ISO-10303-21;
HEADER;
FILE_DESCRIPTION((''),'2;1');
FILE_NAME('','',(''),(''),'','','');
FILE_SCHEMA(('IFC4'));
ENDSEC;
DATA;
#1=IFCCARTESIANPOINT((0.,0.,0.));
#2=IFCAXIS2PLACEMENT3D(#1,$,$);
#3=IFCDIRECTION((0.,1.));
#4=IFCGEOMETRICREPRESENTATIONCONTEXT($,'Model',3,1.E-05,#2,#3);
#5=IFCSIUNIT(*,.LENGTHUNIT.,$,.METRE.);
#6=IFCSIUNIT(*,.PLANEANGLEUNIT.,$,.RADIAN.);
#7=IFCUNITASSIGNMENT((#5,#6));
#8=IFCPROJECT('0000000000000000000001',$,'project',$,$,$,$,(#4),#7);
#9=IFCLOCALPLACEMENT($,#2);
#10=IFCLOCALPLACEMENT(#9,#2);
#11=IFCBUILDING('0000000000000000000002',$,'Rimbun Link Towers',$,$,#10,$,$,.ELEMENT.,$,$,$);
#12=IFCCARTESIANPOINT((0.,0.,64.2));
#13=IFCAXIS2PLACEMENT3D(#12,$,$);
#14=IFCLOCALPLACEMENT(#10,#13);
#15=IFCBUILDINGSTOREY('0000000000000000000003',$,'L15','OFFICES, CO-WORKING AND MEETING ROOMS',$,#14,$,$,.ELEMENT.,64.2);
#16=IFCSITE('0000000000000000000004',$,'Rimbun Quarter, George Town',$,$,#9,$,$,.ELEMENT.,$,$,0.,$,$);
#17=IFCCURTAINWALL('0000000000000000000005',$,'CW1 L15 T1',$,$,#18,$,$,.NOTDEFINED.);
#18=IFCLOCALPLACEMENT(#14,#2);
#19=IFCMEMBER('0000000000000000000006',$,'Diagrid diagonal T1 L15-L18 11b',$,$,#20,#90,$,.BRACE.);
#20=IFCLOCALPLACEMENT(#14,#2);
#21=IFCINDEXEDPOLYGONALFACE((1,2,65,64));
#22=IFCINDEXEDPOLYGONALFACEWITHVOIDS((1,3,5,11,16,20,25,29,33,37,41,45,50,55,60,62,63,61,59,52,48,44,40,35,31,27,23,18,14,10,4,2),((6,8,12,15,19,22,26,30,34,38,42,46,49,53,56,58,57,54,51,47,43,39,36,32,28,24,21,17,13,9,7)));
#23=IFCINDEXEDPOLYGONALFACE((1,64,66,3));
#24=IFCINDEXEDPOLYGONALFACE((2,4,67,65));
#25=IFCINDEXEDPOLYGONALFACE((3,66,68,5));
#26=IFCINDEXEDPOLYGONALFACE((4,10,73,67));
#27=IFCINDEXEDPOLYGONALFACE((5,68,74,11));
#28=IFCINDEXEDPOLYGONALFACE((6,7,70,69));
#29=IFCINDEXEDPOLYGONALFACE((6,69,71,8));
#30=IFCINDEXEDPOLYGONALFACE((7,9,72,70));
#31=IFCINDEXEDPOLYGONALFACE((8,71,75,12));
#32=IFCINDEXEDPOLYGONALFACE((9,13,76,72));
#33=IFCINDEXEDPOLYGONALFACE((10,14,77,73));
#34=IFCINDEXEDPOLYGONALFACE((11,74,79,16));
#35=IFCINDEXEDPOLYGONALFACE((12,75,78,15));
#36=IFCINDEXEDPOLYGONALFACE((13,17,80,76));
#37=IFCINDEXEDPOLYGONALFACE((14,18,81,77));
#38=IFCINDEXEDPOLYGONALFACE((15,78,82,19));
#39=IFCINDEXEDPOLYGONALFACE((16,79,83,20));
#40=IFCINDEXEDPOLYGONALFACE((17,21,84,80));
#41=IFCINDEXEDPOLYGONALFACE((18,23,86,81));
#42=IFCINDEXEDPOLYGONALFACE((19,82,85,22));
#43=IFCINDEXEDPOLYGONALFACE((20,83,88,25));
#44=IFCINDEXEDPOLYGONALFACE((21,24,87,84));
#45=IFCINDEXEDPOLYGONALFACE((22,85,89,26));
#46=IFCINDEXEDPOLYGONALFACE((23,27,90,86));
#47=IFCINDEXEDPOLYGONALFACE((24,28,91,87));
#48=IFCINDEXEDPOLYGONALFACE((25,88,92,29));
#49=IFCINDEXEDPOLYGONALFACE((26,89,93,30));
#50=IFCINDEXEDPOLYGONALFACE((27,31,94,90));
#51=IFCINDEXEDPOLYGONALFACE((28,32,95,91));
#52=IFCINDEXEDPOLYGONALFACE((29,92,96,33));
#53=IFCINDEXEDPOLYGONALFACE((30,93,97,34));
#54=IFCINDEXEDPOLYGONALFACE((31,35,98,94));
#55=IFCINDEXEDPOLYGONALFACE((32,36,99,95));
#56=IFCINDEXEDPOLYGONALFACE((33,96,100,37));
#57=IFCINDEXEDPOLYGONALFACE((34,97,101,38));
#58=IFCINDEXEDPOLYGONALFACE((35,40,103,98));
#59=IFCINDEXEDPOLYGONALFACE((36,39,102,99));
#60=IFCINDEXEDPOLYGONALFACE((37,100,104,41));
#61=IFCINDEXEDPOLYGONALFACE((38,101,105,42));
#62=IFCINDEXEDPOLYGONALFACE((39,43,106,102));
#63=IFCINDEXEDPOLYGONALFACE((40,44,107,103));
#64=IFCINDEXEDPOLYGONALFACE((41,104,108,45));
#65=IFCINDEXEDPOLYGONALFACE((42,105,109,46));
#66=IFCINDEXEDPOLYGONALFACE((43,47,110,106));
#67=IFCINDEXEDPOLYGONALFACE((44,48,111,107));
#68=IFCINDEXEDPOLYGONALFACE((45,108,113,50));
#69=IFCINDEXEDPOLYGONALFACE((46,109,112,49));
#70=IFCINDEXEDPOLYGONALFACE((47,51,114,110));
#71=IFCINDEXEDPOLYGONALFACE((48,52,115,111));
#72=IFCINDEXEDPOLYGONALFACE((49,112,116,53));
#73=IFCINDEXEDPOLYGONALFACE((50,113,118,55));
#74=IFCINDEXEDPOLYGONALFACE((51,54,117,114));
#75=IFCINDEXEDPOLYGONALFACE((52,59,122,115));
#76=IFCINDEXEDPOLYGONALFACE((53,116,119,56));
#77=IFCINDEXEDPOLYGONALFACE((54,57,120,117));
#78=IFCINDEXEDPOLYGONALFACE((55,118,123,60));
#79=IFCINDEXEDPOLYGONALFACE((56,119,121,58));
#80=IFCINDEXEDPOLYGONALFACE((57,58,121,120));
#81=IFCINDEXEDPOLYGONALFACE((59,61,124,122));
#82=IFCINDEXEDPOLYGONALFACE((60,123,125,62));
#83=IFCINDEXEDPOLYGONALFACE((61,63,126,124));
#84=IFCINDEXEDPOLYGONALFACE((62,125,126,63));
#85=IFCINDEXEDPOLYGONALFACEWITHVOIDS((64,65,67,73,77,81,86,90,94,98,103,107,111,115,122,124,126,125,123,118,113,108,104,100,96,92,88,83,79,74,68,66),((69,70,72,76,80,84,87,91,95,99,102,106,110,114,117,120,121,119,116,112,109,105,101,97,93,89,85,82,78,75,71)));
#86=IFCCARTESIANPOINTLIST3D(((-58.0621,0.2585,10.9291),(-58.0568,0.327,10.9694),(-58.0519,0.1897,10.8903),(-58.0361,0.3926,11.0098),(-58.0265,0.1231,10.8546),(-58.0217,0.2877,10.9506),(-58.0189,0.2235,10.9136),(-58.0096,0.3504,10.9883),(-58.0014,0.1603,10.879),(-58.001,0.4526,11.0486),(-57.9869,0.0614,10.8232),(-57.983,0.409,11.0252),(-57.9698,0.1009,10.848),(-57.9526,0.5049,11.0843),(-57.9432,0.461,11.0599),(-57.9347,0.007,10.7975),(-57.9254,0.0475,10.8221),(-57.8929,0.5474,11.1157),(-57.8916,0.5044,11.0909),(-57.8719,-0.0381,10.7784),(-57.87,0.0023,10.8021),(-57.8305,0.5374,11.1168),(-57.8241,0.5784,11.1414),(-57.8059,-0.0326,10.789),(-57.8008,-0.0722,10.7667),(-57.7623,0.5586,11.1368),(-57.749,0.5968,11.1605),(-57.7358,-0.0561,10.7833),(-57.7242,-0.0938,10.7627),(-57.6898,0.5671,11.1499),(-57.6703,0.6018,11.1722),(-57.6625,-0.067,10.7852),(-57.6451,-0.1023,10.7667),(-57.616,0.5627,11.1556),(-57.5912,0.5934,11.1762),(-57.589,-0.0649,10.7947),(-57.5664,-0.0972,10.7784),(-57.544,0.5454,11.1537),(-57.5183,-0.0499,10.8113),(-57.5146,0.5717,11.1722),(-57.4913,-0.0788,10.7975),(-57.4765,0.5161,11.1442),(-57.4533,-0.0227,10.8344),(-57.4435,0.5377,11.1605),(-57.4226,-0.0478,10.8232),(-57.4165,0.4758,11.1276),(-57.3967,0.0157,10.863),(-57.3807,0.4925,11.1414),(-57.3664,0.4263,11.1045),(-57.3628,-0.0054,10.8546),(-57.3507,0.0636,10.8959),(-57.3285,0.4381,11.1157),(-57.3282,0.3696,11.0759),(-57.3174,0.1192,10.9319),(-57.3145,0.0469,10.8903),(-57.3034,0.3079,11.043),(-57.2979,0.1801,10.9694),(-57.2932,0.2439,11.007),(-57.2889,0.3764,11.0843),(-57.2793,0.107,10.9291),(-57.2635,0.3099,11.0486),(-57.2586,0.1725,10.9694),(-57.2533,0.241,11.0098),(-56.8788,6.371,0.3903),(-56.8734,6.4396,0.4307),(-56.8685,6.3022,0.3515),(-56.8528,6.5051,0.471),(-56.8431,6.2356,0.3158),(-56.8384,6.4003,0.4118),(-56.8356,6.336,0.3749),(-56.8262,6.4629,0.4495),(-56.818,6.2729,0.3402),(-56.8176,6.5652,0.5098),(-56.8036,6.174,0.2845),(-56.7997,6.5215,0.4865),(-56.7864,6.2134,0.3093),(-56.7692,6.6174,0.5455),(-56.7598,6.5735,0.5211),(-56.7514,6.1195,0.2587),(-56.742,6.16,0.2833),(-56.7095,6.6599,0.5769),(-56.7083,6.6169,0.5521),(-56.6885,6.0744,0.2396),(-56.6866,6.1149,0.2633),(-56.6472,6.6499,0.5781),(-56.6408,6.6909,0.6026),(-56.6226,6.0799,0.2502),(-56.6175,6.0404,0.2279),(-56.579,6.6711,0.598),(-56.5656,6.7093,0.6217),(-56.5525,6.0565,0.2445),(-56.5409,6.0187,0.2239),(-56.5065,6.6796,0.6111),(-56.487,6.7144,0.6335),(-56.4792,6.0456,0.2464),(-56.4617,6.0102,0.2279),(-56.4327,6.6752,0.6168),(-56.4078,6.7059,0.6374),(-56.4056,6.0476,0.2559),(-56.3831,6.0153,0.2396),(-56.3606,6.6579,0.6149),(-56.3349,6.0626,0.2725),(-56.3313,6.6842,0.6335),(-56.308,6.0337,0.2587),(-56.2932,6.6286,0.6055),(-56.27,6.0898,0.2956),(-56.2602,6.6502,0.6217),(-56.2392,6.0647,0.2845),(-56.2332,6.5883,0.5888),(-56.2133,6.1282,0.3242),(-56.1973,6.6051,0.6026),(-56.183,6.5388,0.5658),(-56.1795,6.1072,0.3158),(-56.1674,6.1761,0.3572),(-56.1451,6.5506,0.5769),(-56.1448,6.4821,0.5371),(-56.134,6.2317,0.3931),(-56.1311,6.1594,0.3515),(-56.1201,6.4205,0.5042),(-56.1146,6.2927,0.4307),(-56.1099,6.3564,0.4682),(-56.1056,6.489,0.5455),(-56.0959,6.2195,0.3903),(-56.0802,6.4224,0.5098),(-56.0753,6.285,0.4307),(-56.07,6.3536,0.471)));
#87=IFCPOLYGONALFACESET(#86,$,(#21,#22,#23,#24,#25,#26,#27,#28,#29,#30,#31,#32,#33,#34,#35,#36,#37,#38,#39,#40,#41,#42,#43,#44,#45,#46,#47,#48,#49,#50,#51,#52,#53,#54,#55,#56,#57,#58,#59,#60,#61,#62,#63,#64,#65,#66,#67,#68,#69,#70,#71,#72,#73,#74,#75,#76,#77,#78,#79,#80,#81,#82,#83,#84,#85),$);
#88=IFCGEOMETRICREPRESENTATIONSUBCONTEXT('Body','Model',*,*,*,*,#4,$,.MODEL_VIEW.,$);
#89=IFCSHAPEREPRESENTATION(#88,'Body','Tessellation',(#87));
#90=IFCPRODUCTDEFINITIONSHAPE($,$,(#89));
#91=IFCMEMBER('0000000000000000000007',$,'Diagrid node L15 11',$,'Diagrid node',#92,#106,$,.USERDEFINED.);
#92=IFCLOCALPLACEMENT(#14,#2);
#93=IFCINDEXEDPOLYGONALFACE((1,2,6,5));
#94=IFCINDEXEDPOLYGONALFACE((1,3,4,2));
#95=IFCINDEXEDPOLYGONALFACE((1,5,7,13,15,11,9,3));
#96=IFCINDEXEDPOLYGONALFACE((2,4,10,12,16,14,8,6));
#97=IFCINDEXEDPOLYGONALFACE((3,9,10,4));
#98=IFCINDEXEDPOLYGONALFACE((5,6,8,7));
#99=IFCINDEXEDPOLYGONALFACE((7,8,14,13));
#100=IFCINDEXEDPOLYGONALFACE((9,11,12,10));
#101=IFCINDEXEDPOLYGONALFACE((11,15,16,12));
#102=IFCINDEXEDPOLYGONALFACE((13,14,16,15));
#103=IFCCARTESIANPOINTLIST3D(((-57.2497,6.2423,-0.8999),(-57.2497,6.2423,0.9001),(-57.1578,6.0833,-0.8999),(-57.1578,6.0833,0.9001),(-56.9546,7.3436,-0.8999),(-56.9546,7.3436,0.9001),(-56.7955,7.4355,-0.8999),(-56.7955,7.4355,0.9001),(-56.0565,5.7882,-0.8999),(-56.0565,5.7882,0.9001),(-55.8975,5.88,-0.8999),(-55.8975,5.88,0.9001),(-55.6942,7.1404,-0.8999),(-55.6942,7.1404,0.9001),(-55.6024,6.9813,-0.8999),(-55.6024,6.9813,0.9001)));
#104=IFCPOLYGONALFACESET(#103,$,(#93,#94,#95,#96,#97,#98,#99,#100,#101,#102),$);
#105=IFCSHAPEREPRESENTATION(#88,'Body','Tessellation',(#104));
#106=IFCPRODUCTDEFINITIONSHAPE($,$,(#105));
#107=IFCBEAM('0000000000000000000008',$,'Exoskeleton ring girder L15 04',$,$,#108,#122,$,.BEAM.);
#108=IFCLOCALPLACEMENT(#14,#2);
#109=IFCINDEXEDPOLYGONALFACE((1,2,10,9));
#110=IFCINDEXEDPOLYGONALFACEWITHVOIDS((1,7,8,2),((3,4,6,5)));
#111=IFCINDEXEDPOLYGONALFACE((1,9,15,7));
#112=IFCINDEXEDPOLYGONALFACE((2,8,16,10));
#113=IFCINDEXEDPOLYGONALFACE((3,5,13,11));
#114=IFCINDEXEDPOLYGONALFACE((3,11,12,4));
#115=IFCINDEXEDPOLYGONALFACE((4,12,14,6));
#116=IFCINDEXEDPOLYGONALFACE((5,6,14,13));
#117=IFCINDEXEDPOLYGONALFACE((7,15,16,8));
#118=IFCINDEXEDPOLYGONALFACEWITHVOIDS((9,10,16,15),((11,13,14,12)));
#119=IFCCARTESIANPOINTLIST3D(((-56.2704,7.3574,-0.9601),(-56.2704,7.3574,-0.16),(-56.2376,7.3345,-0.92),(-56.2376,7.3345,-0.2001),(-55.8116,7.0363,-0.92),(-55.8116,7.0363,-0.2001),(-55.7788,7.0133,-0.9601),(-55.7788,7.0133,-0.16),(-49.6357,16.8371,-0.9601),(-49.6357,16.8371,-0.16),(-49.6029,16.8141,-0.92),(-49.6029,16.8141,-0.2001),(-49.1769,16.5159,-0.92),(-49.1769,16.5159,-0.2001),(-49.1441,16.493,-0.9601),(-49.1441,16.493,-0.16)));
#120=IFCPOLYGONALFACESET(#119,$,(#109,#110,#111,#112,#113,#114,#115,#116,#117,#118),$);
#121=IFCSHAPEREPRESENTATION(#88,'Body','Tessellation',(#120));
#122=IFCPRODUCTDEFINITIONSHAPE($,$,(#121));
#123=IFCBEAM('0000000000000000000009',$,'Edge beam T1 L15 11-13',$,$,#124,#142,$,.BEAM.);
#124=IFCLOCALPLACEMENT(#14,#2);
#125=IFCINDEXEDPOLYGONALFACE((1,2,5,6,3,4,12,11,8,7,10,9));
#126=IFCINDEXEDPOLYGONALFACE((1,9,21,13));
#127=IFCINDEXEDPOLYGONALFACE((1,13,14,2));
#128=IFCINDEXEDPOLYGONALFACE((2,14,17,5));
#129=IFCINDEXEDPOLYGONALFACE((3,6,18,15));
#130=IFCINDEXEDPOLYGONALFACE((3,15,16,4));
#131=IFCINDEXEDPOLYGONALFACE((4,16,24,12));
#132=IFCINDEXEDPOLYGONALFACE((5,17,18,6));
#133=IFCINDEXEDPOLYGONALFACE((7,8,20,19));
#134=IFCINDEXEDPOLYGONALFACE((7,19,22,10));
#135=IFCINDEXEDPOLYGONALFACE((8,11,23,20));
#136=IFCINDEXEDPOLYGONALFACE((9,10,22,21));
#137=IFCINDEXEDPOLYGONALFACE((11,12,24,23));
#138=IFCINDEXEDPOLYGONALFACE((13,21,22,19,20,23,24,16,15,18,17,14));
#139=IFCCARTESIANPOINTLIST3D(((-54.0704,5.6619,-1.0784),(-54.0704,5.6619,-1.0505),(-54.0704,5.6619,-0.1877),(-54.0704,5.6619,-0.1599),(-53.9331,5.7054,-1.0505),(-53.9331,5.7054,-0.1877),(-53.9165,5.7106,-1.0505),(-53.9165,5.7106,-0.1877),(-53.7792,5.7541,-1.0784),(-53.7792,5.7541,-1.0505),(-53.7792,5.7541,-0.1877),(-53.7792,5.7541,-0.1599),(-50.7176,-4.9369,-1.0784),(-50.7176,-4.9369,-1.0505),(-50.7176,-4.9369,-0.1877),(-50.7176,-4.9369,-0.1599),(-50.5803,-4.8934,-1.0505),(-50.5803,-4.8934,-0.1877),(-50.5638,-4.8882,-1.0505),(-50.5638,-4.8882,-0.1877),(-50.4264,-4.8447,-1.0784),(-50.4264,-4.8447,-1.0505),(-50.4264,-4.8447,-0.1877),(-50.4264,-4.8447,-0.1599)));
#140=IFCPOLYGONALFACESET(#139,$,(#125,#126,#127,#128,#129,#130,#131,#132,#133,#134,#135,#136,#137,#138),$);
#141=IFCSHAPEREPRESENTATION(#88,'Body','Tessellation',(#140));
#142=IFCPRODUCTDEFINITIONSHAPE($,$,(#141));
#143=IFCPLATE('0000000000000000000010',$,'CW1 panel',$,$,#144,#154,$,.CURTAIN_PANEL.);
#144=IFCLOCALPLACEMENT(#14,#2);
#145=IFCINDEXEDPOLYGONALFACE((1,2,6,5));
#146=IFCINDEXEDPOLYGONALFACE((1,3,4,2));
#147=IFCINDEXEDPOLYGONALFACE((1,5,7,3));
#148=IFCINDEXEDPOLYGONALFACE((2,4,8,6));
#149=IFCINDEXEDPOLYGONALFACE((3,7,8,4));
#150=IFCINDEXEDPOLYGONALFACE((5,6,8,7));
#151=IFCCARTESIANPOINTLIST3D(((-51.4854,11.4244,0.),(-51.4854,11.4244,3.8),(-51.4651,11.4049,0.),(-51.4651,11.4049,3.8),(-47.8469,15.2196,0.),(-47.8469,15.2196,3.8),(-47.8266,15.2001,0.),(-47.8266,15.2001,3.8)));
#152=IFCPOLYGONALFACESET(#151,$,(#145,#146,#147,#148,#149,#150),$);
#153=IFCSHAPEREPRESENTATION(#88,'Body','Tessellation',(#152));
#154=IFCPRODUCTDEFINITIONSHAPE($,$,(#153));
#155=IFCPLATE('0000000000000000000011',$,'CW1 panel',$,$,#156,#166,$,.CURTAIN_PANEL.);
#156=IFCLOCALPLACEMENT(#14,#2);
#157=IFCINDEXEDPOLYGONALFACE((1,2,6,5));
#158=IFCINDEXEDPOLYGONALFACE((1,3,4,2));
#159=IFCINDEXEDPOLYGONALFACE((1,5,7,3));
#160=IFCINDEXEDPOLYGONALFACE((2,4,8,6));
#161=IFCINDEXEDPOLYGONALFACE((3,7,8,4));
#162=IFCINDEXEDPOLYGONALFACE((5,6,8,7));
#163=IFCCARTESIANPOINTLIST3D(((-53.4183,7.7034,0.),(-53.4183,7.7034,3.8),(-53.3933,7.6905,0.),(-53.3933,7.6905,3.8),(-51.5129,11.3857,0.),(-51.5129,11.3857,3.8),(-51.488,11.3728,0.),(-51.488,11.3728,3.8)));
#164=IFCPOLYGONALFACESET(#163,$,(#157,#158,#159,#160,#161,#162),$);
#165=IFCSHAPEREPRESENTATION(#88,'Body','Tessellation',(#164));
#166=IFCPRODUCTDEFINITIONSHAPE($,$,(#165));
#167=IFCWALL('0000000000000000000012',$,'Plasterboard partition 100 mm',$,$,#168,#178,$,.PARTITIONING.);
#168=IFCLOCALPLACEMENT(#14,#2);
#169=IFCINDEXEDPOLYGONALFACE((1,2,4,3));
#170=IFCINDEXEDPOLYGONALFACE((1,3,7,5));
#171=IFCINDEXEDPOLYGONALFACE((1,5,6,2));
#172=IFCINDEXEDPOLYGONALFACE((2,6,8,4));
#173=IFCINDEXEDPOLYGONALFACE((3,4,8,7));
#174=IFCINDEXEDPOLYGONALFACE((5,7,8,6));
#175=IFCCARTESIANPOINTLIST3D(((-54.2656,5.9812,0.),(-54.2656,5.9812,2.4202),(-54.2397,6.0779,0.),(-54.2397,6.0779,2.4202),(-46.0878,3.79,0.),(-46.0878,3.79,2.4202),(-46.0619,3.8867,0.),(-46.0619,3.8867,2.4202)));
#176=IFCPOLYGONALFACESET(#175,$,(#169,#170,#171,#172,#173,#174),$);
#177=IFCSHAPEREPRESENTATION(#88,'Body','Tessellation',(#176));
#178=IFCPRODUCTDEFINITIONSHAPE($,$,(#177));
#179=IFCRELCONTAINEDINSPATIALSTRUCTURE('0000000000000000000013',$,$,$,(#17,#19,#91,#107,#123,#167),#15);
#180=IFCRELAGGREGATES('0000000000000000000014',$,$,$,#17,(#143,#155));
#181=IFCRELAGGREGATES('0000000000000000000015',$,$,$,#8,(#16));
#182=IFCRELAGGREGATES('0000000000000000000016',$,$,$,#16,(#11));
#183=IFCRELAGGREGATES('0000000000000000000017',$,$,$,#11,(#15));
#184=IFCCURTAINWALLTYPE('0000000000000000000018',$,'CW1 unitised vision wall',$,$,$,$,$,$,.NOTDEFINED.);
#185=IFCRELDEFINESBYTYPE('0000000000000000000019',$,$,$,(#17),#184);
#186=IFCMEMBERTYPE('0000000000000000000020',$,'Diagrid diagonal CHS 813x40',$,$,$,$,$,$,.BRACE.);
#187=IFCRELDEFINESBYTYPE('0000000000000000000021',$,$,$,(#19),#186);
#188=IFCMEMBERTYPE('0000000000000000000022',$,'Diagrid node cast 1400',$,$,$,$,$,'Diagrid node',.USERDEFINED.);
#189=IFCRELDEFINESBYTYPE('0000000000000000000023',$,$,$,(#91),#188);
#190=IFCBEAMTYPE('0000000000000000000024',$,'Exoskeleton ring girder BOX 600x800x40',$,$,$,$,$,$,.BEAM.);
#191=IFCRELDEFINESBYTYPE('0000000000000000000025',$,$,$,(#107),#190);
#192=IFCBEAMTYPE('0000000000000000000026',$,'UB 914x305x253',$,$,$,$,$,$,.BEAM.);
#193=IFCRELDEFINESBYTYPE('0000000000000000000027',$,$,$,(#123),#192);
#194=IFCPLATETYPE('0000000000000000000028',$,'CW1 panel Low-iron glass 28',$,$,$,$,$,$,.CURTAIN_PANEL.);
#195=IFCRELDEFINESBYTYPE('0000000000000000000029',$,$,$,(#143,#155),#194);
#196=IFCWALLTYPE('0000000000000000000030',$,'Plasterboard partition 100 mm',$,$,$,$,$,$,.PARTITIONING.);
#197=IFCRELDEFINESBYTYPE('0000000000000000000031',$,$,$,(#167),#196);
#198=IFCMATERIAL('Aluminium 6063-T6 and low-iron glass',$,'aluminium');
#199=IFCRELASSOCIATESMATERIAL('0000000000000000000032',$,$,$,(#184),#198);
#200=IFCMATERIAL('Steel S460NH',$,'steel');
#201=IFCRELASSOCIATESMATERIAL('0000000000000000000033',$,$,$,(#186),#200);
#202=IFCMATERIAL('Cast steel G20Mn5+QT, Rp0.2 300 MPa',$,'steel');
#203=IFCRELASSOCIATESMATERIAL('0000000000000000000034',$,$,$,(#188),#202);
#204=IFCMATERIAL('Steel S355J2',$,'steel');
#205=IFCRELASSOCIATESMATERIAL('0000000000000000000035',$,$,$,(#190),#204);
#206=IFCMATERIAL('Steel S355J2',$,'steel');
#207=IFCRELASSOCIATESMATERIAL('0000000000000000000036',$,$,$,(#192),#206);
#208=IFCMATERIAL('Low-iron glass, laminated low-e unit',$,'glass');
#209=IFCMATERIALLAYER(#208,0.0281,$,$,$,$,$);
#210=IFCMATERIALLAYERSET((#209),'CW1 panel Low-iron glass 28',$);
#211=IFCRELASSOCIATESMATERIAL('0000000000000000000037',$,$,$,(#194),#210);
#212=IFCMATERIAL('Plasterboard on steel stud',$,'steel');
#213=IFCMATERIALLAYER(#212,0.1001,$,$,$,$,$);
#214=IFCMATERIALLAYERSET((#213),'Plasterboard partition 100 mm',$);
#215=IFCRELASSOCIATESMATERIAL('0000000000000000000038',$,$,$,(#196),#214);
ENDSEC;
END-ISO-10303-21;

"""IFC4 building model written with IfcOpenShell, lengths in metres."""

from ifc_helpers import new_model, si_unit, direction, frame, frame_2d, origin, origin_2d, place, context, subcontext, project, spatial, polyline, rectangle, hollow_rectangle, hollow_circle, i_section, outline, extrude, material, layer, layer_set, material_profile, profile_set, type_object, element, aggregate, save


model = new_model("IFC4")

# Units and contexts
model_context = context("Model", 3, precision=1e-05, world=origin(), true_north=direction((0.0, 1.0)))
body_context = subcontext(model_context, "Body", "Model", "MODEL_VIEW")
ifc_project = project(units=[si_unit("LENGTHUNIT", "METRE"), si_unit("PLANEANGLEUNIT", "RADIAN")], contexts=[model_context])

# Site, building, storey
site_placement = place(None, origin())
site = spatial("IfcSite", under=ifc_project, at=site_placement, Name="Rimbun Quarter, George Town", CompositionType="ELEMENT", RefElevation=0.0)
building_placement = place(site_placement, origin())
building = spatial("IfcBuilding", under=site, at=building_placement, Name="Rimbun Link Towers", CompositionType="ELEMENT")
storey_placement = place(building_placement, frame((0.0, 0.0, 64.2)))
storey = spatial("IfcBuildingStorey", under=building, at=storey_placement, Name="L15", Description="OFFICES, CO-WORKING AND MEETING ROOMS", CompositionType="ELEMENT", Elevation=64.2)

# Curtain wall
ifc_material_1 = material(Name="Aluminium 6063-T6 and low-iron glass", Category="aluminium")
curtain_wall_type = type_object("IfcCurtainWallType", Name="CW1 unitised vision wall", PredefinedType="NOTDEFINED", material=ifc_material_1)
curtain_wall_placement = place(storey_placement, origin())
curtain_wall = element("IfcCurtainWall", 1, at=curtain_wall_placement, inside=storey, type_object=curtain_wall_type, Name="CW1 L15 T1", PredefinedType="NOTDEFINED")

# Members
ifc_material_2 = material(Name="Steel S460NH", Category="steel")
ifc_material_profile_1 = material_profile(ifc_material_2, hollow_circle(Radius=0.4065, WallThickness=0.04, at=origin_2d()), Name="Diagrid diagonal CHS 813x40")
ifc_profile_set_1 = profile_set([ifc_material_profile_1], Name="Steel S460NH")
member_type_1 = type_object("IfcMemberType", Name="Diagrid diagonal CHS 813x40", PredefinedType="BRACE", material=ifc_profile_set_1)
member_1_placement = place(storey_placement, frame((-56.4744, 6.3623, 0.4307), z_axis=(-0.096675, -0.49937, 0.860978), x_axis=(0.981772, -0.190065, 0.0)))
element("IfcMember", 2, at=member_1_placement, inside=storey, type_object=member_type_1, Name="Diagrid diagonal T1 L15-L18 11b", PredefinedType="BRACE", context=body_context, shape_type="SweptSolid", body=[
    extrude(hollow_circle(Radius=0.4065, WallThickness=0.04, at=origin_2d()), origin(), (0.0, 0.0, 1.0), 12.2405),
])
ifc_material_3 = material(Name="Cast steel G20Mn5+QT, Rp0.2 300 MPa", Category="steel")
ifc_material_profile_2 = material_profile(ifc_material_3, outline(polyline([(0.7, -0.5701), (0.7, 0.5701), (0.5701, 0.7), (-0.5701, 0.7), (-0.7, 0.5701), (-0.7, -0.5701), (-0.5701, -0.7), (0.5701, -0.7), (0.7, -0.5701)])), Name="NODE 1400x1400")
ifc_profile_set_2 = profile_set([ifc_material_profile_2], Name="Cast steel G20Mn5+QT, Rp0.2 300 MPa")
member_type_2 = type_object("IfcMemberType", Name="Diagrid node cast 1400", ElementType="Diagrid node", PredefinedType="USERDEFINED", material=ifc_profile_set_2)
member_2_placement = place(storey_placement, frame((-56.426, 6.6118, -0.8999), z_axis=(0.0, 0.0, 1.0), x_axis=(-0.965926, 0.258819, 0.0)))
element("IfcMember", 3, at=member_2_placement, inside=storey, type_object=member_type_2, Name="Diagrid node L15 11", ObjectType="Diagrid node", PredefinedType="USERDEFINED", context=body_context, shape_type="SweptSolid", body=[
    extrude(outline(polyline([(0.7, -0.5701), (0.7, 0.5701), (0.5701, 0.7), (-0.5701, 0.7), (-0.7, 0.5701), (-0.7, -0.5701), (-0.5701, -0.7), (0.5701, -0.7), (0.7, -0.5701)])), origin(), (0.0, 0.0, 1.0), 1.8),
])

# Beams
ifc_material_4 = material(Name="Steel S355J2", Category="steel")
ifc_material_profile_3 = material_profile(ifc_material_4, hollow_rectangle(XDim=0.6001, YDim=0.8, WallThickness=0.04, at=origin_2d()), Name="Exoskeleton ring girder BOX 600x800x40")
ifc_profile_set_3 = profile_set([ifc_material_profile_3], Name="Steel S355J2")
beam_type_1 = type_object("IfcBeamType", Name="Exoskeleton ring girder BOX 600x800x40", PredefinedType="BEAM", material=ifc_profile_set_3)
beam_1_placement = place(storey_placement, frame((-49.3899, 16.665, -0.5601), z_axis=(-0.573401, -0.819275, 0.0), x_axis=(0.819275, -0.573401, 0.0)))
element("IfcBeam", 4, at=beam_1_placement, inside=storey, type_object=beam_type_1, Name="Exoskeleton ring girder L15 04", PredefinedType="BEAM", context=body_context, shape_type="SweptSolid", body=[
    extrude(hollow_rectangle(XDim=0.6001, YDim=0.8, WallThickness=0.04, at=origin_2d()), origin(), (0.0, 0.0, 1.0), 11.5708),
])
ifc_material_5 = material(Name="Steel S355J2", Category="steel")
ifc_material_profile_4 = material_profile(ifc_material_5, i_section(OverallWidth=0.3054, OverallDepth=0.9185, WebThickness=0.0173, FlangeThickness=0.0278, at=origin_2d()), Name="UB 914x305x253")
ifc_profile_set_4 = profile_set([ifc_material_profile_4], Name="Steel S355J2")
beam_type_2 = type_object("IfcBeamType", Name="UB 914x305x253", PredefinedType="BEAM", material=ifc_profile_set_4)
beam_2_placement = place(storey_placement, frame((-53.9248, 5.708, -0.6191), z_axis=(0.301603, -0.953434, 0.0), x_axis=(0.953434, 0.301603, 0.0)))
element("IfcBeam", 5, at=beam_2_placement, inside=storey, type_object=beam_type_2, Name="Edge beam T1 L15 11-13", PredefinedType="BEAM", context=body_context, shape_type="SweptSolid", body=[
    extrude(i_section(OverallWidth=0.3054, OverallDepth=0.9185, WebThickness=0.0173, FlangeThickness=0.0278, at=origin_2d()), origin(), (0.0, 0.0, 1.0), 11.1165),
])

# Plates
ifc_material_6 = material(Name="Low-iron glass, laminated low-e unit", Category="glass")
ifc_layer_1 = layer(ifc_material_6, 0.0281)
ifc_layer_set_1 = layer_set([ifc_layer_1], Name="CW1 panel Low-iron glass 28")
plate_type = type_object("IfcPlateType", Name="CW1 panel Low-iron glass 28", PredefinedType="CURTAIN_PANEL", material=ifc_layer_set_1)
plate_1_placement = place(storey_placement, frame((-49.656, 13.3123, 0.0), z_axis=(0.0, 0.0, 1.0), x_axis=(0.692045, 0.721854, 0.0)))
plate_1 = element("IfcPlate", 6, at=plate_1_placement, type_object=plate_type, Name="CW1 panel", PredefinedType="CURTAIN_PANEL", context=body_context, shape_type="SweptSolid", body=[
    extrude(rectangle(XDim=5.2576, YDim=0.0281, at=origin_2d()), origin(), (0.0, 0.0, 1.0), 3.8),
])
plate_2_placement = place(storey_placement, frame((-52.4531, 9.5381, 0.0), z_axis=(0.0, 0.0, 1.0), x_axis=(0.459556, 0.888149, 0.0)))
plate_2 = element("IfcPlate", 7, at=plate_2_placement, type_object=plate_type, Name="CW1 panel", PredefinedType="CURTAIN_PANEL", context=body_context, shape_type="SweptSolid", body=[
    extrude(rectangle(XDim=4.146, YDim=0.0281, at=origin_2d()), origin(), (0.0, 0.0, 1.0), 3.8),
])
aggregate(curtain_wall, [plate_1, plate_2])

# Wall
ifc_material_7 = material(Name="Plasterboard on steel stud", Category="steel")
ifc_layer_2 = layer(ifc_material_7, 0.1001)
ifc_layer_set_2 = layer_set([ifc_layer_2], Name="Plasterboard partition 100 mm")
wall_type = type_object("IfcWallType", Name="Plasterboard partition 100 mm", PredefinedType="PARTITIONING", material=ifc_layer_set_2)
wall_placement = place(storey_placement, frame((-54.2527, 6.0295, 0.0), z_axis=(0.0, 0.0, 1.0), x_axis=(0.965927, -0.258813, 0.0)))
element("IfcWall", 8, at=wall_placement, inside=storey, type_object=wall_type, Name="Plasterboard partition 100 mm", PredefinedType="PARTITIONING", context=body_context, shape_type="SweptSolid", body=[
    extrude(rectangle(XDim=8.4663, YDim=0.1001, at=frame_2d((4.2332, 0.0))), origin(), (0.0, 0.0, 1.0), 2.4202),
])

save(model, "model.ifc")
